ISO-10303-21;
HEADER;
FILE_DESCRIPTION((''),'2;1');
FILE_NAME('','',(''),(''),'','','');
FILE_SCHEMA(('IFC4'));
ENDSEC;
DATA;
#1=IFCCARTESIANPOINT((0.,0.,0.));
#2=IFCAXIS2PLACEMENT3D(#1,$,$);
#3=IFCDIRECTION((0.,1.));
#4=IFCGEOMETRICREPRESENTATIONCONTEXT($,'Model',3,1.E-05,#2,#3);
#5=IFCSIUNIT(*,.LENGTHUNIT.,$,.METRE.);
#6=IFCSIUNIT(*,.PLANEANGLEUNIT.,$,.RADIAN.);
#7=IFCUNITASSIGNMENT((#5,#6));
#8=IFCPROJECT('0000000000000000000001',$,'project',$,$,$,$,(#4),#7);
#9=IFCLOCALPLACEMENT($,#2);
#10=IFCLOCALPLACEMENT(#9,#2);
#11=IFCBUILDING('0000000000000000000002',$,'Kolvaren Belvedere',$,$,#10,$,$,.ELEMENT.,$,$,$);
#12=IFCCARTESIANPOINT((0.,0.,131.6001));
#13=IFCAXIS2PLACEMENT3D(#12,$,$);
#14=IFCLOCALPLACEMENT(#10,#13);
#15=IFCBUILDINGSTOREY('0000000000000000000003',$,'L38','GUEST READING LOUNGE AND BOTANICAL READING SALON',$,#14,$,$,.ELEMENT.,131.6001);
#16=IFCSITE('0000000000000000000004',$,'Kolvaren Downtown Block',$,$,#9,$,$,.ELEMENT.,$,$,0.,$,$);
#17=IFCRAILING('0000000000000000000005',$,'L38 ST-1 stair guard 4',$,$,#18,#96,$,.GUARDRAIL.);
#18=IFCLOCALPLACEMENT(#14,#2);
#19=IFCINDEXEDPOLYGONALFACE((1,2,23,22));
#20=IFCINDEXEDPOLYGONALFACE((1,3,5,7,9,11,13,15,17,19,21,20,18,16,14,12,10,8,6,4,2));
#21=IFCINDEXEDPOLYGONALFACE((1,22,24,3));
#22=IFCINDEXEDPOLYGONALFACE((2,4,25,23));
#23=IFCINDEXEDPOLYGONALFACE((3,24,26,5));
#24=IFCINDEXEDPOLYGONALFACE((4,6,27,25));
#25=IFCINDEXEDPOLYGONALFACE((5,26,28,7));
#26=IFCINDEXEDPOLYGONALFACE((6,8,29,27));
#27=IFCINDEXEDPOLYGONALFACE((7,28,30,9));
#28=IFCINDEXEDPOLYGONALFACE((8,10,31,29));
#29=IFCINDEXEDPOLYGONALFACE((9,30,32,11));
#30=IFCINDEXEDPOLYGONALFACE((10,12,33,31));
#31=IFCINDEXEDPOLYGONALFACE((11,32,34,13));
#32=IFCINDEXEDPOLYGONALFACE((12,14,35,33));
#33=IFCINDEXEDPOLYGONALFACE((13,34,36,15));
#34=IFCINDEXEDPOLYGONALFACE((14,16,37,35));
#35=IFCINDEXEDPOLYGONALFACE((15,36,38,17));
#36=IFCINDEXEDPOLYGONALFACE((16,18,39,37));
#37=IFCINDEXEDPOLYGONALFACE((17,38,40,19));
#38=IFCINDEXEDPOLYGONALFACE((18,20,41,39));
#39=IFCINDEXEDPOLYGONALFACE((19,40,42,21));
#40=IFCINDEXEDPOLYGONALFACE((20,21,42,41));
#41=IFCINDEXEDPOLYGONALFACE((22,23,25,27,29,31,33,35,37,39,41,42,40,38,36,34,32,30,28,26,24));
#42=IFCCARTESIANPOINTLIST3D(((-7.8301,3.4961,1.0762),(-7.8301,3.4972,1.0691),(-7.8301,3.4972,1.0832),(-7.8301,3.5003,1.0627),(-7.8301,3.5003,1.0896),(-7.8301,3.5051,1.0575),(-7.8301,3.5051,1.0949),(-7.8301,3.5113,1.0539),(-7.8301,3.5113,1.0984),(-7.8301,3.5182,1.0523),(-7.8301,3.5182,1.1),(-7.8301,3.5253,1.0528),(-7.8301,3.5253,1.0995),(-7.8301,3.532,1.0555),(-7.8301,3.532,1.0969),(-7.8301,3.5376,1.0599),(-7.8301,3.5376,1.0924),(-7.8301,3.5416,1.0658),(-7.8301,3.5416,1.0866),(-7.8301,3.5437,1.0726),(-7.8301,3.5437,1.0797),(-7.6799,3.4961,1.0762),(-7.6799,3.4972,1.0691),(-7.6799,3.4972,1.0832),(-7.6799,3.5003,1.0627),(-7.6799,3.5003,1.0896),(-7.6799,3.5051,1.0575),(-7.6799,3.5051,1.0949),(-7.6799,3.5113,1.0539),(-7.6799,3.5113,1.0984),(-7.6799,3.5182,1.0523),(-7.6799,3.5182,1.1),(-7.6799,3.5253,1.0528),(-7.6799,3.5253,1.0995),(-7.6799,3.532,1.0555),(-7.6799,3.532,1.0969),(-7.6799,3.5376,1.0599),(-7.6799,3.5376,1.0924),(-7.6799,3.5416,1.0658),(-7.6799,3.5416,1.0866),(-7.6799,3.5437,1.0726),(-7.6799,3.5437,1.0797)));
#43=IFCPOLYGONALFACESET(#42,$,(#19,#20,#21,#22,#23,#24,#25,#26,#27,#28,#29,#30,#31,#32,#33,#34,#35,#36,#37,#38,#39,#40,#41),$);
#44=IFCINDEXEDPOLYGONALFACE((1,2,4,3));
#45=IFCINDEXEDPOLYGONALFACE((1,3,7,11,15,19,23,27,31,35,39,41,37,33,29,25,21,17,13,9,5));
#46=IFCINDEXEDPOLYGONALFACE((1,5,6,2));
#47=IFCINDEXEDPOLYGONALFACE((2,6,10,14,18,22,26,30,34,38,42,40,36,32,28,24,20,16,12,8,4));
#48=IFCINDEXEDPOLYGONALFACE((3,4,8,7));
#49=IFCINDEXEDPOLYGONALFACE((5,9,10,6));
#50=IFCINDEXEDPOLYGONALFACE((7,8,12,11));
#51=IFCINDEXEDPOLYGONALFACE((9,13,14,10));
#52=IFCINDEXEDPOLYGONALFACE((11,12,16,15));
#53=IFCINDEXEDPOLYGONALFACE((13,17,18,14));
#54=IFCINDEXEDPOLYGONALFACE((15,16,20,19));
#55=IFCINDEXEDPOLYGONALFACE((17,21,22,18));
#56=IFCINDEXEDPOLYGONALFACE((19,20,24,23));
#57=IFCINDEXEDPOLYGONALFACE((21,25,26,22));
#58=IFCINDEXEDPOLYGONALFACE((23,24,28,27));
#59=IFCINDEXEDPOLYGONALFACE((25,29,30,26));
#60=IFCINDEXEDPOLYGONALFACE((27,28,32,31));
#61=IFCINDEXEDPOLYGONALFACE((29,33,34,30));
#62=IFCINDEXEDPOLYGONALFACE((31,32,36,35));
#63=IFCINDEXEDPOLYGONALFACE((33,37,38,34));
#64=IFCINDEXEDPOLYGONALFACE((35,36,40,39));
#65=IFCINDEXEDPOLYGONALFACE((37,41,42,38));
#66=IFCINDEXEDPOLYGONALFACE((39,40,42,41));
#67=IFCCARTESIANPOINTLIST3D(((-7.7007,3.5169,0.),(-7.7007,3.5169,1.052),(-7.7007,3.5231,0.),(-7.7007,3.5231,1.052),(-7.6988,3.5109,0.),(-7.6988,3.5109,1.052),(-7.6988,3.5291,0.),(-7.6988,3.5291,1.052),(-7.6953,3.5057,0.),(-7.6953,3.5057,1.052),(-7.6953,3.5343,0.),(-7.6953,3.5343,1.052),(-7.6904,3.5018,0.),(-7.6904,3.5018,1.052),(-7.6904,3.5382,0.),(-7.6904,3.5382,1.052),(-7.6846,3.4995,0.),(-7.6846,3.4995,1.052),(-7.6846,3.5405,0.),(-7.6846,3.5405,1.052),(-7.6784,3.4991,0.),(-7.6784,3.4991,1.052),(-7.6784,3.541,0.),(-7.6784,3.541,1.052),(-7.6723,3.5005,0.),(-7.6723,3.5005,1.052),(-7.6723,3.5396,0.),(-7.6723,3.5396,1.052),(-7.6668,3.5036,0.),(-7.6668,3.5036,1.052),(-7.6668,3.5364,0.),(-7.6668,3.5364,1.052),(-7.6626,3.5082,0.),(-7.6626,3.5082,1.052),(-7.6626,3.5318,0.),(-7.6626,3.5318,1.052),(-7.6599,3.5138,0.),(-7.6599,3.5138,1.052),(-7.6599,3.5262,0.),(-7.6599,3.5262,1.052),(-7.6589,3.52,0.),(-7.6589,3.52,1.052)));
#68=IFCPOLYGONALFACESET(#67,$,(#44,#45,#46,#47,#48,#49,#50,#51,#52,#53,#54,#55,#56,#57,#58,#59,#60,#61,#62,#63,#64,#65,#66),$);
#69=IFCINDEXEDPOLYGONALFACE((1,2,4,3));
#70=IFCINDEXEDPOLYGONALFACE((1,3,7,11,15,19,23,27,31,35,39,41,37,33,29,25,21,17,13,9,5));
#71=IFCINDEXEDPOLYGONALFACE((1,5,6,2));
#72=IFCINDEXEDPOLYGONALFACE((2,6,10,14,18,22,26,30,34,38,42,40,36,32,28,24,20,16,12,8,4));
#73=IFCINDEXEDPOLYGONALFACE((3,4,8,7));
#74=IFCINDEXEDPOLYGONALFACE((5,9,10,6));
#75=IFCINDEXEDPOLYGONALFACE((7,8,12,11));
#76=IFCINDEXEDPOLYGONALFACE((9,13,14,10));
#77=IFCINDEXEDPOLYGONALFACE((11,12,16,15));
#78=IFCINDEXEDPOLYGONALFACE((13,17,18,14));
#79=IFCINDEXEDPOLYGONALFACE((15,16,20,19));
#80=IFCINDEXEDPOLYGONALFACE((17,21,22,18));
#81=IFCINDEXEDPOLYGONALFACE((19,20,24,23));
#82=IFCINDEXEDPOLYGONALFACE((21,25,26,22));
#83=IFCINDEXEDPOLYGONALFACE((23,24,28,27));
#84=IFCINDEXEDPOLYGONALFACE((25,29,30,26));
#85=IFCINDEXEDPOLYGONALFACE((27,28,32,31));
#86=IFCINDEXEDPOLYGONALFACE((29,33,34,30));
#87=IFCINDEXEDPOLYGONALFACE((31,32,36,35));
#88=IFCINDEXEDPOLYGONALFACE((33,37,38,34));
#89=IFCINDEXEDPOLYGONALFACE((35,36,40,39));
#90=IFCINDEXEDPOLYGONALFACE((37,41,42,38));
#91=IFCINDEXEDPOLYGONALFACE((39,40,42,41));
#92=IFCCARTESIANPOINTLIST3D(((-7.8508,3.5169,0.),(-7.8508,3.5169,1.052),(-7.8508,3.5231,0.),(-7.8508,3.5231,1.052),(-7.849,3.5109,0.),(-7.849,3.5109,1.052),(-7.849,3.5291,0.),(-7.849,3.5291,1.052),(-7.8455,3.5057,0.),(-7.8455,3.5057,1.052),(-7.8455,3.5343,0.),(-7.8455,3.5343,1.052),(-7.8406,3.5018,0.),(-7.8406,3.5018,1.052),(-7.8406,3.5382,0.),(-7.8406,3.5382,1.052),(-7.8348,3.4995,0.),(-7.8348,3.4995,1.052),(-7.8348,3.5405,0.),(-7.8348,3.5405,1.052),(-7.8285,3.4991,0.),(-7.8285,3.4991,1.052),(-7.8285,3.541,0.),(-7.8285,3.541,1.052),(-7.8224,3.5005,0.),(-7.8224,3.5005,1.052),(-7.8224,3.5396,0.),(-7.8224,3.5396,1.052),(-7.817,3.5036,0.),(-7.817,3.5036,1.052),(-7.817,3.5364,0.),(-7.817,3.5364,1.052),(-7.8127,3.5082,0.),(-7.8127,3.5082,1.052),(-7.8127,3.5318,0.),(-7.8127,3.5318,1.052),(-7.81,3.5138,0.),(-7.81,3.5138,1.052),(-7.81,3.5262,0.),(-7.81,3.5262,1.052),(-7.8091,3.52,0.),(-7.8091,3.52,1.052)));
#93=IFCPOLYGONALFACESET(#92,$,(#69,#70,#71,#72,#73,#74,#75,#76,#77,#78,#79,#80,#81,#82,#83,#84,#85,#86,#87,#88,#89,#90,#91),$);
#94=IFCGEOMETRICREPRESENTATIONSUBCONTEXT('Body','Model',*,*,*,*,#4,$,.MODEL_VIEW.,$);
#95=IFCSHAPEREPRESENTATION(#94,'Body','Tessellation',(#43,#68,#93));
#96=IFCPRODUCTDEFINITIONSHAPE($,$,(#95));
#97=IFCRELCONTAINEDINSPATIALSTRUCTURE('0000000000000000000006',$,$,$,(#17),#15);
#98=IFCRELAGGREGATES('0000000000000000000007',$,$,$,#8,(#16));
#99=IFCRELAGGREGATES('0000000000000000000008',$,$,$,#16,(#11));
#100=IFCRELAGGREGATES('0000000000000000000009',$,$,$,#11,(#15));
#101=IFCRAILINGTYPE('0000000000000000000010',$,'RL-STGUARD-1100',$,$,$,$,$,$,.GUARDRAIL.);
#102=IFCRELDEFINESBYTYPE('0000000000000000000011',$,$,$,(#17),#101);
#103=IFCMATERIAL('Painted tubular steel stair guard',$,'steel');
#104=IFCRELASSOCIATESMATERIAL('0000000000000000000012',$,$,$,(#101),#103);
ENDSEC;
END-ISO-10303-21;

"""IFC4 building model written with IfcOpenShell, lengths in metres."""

from ifc_helpers import new_model, si_unit, direction, frame, origin, origin_2d, place, context, subcontext, project, spatial, circle, extrude, material, type_object, element, save


model = new_model("IFC4")

# Units and contexts
model_context = context("Model", 3, precision=1e-05, world=origin(), true_north=direction((0.0, 1.0)))
body_context = subcontext(model_context, "Body", "Model", "MODEL_VIEW")
ifc_project = project(units=[si_unit("LENGTHUNIT", "METRE"), si_unit("PLANEANGLEUNIT", "RADIAN")], contexts=[model_context])

# Site, building, storey
site_placement = place(None, origin())
site = spatial("IfcSite", under=ifc_project, at=site_placement, Name="Kolvaren Downtown Block", CompositionType="ELEMENT", RefElevation=0.0)
building_placement = place(site_placement, origin())
building = spatial("IfcBuilding", under=site, at=building_placement, Name="Kolvaren Belvedere", CompositionType="ELEMENT")
storey_placement = place(building_placement, frame((0.0, 0.0, 131.6001)))
storey = spatial("IfcBuildingStorey", under=building, at=storey_placement, Name="L38", Description="GUEST READING LOUNGE AND BOTANICAL READING SALON", CompositionType="ELEMENT", Elevation=131.6001)

# Railing
ifc_material_1 = material(Name="Painted tubular steel stair guard", Category="steel")
railing_type_1 = type_object("IfcRailingType", Name="RL-STGUARD-1100", PredefinedType="GUARDRAIL", material=ifc_material_1)
railing_1_placement = place(storey_placement, frame((-7.6799, 3.52, 0.0)))
element("IfcRailing", 1, at=railing_1_placement, inside=storey, type_object=railing_type_1, Name="L38 ST-1 stair guard 4", PredefinedType="GUARDRAIL", context=body_context, shape_type="SweptSolid", body=[
    extrude(circle(Radius=0.0239, at=origin_2d()), frame((0.0, 0.0, 1.0762), z_axis=(-1.0, 0.0, 0.0), x_axis=(0.0, -1.0, 0.0)), (0.0, 0.0, 1.0), 0.1501),
    extrude(circle(Radius=0.021, at=origin_2d()), origin(), (0.0, 0.0, 1.0), 1.052),
    extrude(circle(Radius=0.021, at=origin_2d()), frame((-0.1501, 0.0, 0.0)), (0.0, 0.0, 1.0), 1.052),
])

save(model, "model.ifc")
